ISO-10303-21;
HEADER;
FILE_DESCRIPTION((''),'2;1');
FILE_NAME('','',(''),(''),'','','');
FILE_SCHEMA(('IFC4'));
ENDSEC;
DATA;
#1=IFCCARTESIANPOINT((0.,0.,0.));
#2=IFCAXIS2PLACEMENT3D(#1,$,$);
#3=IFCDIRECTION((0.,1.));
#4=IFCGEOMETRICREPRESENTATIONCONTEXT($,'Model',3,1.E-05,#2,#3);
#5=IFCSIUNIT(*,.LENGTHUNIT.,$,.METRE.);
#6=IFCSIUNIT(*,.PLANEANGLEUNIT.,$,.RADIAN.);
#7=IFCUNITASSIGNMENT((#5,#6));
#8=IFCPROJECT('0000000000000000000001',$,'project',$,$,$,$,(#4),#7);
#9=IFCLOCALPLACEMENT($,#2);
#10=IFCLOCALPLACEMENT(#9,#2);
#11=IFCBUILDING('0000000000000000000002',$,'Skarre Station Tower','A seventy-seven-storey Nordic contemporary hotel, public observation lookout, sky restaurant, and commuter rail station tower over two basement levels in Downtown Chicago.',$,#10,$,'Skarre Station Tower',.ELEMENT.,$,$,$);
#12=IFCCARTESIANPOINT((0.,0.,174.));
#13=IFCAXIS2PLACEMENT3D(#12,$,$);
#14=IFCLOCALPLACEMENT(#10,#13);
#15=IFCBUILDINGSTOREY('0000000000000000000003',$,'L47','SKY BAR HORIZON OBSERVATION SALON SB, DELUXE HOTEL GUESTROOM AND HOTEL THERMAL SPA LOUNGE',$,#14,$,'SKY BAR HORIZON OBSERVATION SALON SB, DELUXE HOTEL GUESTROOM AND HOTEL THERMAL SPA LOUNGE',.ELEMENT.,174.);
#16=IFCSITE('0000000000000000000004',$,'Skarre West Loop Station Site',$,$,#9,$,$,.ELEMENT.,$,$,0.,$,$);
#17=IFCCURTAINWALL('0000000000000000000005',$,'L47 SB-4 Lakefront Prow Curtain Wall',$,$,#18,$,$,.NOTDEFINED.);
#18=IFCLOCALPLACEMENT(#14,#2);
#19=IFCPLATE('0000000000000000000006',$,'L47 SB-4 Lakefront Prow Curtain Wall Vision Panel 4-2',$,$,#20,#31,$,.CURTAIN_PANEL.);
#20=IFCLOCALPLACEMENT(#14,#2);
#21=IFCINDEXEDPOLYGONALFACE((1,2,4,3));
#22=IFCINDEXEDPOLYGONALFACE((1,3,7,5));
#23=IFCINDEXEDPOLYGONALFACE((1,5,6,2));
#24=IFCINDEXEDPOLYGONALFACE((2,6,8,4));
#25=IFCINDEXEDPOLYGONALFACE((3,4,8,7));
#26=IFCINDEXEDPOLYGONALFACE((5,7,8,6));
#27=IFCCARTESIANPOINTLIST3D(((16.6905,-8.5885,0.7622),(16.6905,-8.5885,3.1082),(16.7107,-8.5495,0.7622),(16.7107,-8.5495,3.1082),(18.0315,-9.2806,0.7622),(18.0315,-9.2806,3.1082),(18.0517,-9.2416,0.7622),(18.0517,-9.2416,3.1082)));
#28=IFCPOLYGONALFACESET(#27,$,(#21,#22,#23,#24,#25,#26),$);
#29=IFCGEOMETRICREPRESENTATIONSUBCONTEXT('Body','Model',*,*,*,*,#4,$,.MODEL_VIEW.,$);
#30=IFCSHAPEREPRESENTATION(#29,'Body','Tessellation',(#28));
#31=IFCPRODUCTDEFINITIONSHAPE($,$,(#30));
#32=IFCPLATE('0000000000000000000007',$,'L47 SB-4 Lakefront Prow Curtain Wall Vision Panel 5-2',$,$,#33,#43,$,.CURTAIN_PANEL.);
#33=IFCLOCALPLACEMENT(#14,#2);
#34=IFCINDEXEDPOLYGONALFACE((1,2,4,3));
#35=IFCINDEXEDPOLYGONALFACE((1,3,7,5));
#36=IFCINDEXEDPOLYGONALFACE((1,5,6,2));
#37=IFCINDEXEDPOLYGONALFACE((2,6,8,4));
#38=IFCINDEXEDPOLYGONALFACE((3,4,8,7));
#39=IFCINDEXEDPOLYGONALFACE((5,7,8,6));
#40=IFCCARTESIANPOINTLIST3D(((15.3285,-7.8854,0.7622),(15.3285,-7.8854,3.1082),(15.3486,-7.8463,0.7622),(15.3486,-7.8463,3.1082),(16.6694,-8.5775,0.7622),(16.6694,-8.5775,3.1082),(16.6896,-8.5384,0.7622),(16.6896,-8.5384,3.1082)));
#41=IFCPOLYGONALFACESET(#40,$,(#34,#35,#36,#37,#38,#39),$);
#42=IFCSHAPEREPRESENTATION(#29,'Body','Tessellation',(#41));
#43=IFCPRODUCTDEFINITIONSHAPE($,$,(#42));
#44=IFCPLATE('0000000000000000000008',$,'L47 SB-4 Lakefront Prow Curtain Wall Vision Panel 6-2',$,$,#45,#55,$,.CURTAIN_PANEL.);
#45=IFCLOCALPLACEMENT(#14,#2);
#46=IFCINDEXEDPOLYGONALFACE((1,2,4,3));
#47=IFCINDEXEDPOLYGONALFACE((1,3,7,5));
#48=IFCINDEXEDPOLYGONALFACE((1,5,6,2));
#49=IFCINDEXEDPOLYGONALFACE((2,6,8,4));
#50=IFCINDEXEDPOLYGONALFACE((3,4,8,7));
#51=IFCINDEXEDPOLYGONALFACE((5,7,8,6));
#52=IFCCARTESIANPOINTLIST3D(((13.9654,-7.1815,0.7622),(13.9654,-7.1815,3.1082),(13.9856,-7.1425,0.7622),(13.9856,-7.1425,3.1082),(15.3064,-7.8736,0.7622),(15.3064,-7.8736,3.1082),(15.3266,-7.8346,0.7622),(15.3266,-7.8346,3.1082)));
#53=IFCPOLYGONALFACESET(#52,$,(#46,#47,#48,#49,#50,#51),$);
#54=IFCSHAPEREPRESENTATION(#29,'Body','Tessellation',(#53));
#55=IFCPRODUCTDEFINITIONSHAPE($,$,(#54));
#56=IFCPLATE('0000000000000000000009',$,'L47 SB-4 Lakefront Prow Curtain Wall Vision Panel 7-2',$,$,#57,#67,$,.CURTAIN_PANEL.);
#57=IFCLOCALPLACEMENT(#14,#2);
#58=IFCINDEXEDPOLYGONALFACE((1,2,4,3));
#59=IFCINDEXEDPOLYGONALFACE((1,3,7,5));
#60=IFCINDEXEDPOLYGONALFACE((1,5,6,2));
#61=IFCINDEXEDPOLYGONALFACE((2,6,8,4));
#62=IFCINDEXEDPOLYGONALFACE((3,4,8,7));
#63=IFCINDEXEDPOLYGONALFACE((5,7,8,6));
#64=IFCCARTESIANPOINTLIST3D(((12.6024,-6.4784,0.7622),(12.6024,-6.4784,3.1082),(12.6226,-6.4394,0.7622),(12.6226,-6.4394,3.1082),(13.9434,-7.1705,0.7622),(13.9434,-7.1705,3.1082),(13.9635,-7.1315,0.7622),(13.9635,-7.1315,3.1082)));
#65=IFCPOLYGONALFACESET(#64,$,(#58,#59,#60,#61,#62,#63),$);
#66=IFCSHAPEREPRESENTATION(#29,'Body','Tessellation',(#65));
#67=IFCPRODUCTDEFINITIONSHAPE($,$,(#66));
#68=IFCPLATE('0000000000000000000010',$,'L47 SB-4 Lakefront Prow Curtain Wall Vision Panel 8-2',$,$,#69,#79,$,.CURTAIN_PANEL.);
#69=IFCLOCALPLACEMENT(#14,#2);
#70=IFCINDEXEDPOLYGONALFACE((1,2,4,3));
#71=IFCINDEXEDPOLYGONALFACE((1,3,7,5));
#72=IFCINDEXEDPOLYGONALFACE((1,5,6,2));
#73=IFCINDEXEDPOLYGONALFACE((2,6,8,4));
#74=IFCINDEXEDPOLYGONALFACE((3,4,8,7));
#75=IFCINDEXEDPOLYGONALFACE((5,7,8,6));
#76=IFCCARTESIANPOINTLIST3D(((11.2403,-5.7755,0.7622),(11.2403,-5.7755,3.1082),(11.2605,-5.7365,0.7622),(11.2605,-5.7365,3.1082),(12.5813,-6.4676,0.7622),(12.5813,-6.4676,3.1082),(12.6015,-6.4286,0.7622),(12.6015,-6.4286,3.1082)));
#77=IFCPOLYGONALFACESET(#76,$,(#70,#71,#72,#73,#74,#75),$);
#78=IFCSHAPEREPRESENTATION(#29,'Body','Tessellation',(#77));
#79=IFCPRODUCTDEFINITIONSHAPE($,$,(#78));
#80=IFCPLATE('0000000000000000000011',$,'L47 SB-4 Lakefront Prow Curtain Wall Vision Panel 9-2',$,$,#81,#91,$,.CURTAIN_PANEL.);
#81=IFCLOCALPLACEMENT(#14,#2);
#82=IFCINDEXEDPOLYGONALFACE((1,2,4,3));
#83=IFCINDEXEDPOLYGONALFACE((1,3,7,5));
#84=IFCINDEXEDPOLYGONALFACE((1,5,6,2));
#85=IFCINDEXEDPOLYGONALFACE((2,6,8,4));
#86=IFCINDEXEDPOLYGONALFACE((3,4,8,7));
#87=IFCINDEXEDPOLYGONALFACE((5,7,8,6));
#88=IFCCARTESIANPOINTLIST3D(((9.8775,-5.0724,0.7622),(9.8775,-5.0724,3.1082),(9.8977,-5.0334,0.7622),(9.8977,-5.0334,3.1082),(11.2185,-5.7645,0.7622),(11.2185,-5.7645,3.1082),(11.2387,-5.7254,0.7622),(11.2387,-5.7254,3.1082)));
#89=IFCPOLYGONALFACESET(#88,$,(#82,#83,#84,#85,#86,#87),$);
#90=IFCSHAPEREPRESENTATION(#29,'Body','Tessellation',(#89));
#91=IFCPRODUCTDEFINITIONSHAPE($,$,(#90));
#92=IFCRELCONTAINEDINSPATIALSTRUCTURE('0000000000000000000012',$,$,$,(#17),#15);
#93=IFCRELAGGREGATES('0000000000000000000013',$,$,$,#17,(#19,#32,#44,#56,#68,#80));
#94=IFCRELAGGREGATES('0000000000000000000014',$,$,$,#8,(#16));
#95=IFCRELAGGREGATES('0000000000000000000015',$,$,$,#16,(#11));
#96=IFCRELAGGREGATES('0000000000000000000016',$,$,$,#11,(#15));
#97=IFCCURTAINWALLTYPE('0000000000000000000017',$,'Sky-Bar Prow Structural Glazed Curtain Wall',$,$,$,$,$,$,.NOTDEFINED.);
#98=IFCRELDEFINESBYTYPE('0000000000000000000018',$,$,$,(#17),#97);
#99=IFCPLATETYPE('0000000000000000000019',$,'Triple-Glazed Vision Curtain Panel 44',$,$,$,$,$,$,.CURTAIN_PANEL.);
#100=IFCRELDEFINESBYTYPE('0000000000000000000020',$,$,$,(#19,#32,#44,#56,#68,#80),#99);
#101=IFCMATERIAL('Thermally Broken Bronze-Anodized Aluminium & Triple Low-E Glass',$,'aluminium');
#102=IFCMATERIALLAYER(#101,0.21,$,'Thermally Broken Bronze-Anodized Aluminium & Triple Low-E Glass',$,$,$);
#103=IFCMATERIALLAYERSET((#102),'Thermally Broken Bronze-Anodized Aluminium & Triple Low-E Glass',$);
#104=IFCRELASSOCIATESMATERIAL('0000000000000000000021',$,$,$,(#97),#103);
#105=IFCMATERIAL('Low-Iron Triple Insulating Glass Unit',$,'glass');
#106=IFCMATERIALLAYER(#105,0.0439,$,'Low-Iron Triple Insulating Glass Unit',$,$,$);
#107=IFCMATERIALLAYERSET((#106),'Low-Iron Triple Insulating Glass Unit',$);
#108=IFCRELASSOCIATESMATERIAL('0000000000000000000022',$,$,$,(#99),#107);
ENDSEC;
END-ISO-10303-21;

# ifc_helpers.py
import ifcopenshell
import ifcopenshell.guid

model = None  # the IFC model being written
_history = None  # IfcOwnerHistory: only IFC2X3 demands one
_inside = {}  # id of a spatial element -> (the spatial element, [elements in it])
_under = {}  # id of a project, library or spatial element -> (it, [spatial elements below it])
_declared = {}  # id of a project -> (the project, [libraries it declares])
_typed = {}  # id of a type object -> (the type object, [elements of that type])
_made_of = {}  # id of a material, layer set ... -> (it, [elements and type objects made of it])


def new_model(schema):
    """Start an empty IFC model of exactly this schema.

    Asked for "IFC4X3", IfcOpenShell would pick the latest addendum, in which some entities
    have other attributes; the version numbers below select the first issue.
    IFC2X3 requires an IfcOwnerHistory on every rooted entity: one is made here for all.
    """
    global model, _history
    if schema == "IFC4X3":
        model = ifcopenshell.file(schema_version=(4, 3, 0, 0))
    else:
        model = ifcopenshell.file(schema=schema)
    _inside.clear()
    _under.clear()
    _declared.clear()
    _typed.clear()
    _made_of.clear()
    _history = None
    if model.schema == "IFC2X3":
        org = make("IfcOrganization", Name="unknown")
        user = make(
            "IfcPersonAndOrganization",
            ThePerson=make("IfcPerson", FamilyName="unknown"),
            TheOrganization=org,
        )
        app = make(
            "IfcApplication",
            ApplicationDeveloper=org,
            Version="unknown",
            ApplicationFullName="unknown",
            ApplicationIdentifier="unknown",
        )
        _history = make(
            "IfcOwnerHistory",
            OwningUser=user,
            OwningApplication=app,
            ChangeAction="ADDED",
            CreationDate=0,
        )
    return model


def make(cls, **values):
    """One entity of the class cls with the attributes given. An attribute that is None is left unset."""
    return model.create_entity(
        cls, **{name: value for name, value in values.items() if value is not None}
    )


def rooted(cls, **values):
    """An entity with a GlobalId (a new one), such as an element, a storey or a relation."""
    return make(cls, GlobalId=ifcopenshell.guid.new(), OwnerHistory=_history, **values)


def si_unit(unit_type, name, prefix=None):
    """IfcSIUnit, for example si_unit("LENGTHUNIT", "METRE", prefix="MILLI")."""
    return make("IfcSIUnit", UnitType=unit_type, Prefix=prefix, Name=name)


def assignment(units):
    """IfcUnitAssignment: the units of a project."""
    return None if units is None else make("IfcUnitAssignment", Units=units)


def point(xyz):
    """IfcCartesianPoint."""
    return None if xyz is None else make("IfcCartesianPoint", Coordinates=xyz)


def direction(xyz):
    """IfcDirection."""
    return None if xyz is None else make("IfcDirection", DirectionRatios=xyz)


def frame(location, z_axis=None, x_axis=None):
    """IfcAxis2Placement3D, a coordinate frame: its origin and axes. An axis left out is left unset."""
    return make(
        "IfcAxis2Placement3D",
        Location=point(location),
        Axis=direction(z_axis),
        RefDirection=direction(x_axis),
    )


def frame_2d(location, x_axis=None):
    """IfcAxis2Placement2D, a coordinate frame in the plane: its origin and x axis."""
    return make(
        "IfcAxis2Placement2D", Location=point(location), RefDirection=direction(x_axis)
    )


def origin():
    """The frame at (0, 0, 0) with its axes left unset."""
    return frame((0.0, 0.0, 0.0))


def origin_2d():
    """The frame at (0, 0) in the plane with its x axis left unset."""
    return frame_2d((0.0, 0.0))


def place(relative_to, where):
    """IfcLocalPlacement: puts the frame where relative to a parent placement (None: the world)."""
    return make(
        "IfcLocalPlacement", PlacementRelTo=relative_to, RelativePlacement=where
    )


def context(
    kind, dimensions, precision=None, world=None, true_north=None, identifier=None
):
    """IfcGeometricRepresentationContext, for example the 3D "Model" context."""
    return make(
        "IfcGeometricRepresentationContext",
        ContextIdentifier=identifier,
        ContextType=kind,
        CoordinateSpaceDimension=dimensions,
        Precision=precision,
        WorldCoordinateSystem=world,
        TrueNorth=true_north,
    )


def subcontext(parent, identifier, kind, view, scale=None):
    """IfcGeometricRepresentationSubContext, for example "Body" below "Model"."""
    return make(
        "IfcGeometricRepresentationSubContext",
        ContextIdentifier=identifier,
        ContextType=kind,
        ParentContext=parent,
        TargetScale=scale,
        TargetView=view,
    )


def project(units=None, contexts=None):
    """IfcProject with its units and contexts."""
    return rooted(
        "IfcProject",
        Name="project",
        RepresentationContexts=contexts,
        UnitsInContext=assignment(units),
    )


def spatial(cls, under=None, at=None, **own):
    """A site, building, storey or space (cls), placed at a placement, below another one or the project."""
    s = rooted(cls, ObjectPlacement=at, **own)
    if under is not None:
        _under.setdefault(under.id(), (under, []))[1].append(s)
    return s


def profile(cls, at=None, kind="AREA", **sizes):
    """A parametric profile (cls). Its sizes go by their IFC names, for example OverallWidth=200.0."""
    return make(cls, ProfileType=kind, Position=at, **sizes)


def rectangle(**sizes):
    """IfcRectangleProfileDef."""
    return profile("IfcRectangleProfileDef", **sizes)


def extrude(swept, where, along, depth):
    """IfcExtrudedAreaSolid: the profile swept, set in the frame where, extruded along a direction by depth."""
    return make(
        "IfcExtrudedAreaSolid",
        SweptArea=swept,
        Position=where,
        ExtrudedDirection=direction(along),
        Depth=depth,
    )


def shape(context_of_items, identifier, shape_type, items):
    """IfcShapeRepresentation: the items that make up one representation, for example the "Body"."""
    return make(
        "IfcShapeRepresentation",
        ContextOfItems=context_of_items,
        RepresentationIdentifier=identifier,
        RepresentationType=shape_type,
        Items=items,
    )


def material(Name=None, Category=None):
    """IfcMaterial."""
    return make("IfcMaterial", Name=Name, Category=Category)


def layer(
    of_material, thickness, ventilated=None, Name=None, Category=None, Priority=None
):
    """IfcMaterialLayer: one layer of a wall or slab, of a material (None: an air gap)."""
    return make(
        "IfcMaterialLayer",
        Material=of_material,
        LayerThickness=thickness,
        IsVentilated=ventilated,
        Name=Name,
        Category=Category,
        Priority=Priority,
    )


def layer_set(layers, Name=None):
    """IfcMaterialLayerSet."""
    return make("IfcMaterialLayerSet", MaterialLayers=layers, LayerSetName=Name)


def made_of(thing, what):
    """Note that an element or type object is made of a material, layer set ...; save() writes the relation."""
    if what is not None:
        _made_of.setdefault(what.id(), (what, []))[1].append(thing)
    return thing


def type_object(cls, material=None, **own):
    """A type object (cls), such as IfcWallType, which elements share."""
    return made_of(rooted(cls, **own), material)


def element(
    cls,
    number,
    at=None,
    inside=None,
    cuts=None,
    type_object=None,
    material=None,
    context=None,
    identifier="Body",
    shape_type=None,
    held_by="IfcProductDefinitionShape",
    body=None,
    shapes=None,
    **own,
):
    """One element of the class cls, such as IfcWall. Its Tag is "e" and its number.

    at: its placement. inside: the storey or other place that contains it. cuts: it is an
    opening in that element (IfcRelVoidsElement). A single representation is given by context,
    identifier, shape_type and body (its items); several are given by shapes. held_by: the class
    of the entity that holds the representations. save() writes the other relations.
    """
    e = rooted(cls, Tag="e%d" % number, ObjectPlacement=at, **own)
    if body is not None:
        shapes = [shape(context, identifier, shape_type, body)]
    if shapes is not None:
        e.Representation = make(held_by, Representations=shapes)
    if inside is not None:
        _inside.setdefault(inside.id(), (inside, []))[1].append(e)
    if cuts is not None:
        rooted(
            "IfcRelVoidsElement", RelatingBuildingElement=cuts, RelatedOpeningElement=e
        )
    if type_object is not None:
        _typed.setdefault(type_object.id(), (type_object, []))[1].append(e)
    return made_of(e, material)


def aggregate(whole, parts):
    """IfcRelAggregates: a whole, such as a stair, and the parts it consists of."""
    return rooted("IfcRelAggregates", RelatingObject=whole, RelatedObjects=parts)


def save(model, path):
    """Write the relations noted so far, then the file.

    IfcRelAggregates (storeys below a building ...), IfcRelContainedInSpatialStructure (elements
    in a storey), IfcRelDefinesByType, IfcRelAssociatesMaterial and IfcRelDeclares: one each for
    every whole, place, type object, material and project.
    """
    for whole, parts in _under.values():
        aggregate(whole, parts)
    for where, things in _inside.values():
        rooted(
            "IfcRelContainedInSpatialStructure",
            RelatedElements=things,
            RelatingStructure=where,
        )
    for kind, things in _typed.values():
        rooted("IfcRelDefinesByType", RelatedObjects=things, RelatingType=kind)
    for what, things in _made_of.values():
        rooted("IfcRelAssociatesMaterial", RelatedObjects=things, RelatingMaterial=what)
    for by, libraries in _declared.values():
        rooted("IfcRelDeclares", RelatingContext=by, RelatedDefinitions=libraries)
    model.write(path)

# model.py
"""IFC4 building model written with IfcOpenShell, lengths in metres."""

from ifc_helpers import new_model, si_unit, direction, frame, origin, origin_2d, place, context, subcontext, project, spatial, rectangle, extrude, material, layer, layer_set, type_object, element, aggregate, save


model = new_model("IFC4")

# Units and contexts
model_context = context("Model", 3, precision=1e-05, world=origin(), true_north=direction((0.0, 1.0)))
body_context = subcontext(model_context, "Body", "Model", "MODEL_VIEW")
ifc_project = project(units=[si_unit("LENGTHUNIT", "METRE"), si_unit("PLANEANGLEUNIT", "RADIAN")], contexts=[model_context])

# Site, building, storey
site_placement = place(None, origin())
site = spatial("IfcSite", under=ifc_project, at=site_placement, Name="Skarre West Loop Station Site", CompositionType="ELEMENT", RefElevation=0.0)
building_placement = place(site_placement, origin())
building = spatial("IfcBuilding", under=site, at=building_placement, Name="Skarre Station Tower", Description="A seventy-seven-storey Nordic contemporary hotel, public observation lookout, sky restaurant, and commuter rail station tower over two basement levels in Downtown Chicago.", LongName="Skarre Station Tower", CompositionType="ELEMENT")
storey_placement = place(building_placement, frame((0.0, 0.0, 174.0)))
storey = spatial("IfcBuildingStorey", under=building, at=storey_placement, Name="L47", Description="SKY BAR HORIZON OBSERVATION SALON SB, DELUXE HOTEL GUESTROOM AND HOTEL THERMAL SPA LOUNGE", LongName="SKY BAR HORIZON OBSERVATION SALON SB, DELUXE HOTEL GUESTROOM AND HOTEL THERMAL SPA LOUNGE", CompositionType="ELEMENT", Elevation=174.0)

# Curtain wall, plates
ifc_material_1 = material(Name="Thermally Broken Bronze-Anodized Aluminium & Triple Low-E Glass", Category="aluminium")
ifc_layer_1 = layer(ifc_material_1, 0.21, Name="Thermally Broken Bronze-Anodized Aluminium & Triple Low-E Glass")
ifc_layer_set_1 = layer_set([ifc_layer_1], Name="Thermally Broken Bronze-Anodized Aluminium & Triple Low-E Glass")
curtain_wall_type = type_object("IfcCurtainWallType", Name="Sky-Bar Prow Structural Glazed Curtain Wall", PredefinedType="NOTDEFINED", material=ifc_layer_set_1)
curtain_wall_placement = place(storey_placement, origin())
curtain_wall = element("IfcCurtainWall", 1, at=curtain_wall_placement, inside=storey, type_object=curtain_wall_type, Name="L47 SB-4 Lakefront Prow Curtain Wall", PredefinedType="NOTDEFINED")
ifc_material_2 = material(Name="Low-Iron Triple Insulating Glass Unit", Category="glass")
ifc_layer_2 = layer(ifc_material_2, 0.0439, Name="Low-Iron Triple Insulating Glass Unit")
ifc_layer_set_2 = layer_set([ifc_layer_2], Name="Low-Iron Triple Insulating Glass Unit")
plate_type_1 = type_object("IfcPlateType", Name="Triple-Glazed Vision Curtain Panel 44", PredefinedType="CURTAIN_PANEL", material=ifc_layer_set_2)
plate_1_placement = place(storey_placement, frame((17.3711, -8.915, 0.7622), z_axis=(0.0, 0.0, 1.0), x_axis=(-0.888625, 0.458634, 0.0)))
plate_1 = element("IfcPlate", 2, at=plate_1_placement, type_object=plate_type_1, Name="L47 SB-4 Lakefront Prow Curtain Wall Vision Panel 4-2", PredefinedType="CURTAIN_PANEL", context=body_context, shape_type="SweptSolid", body=[
    extrude(rectangle(XDim=1.509, YDim=0.0439, at=origin_2d()), origin(), (0.0, 0.0, 1.0), 2.3459),
])
plate_2_placement = place(storey_placement, frame((16.009, -8.2119, 0.7622), z_axis=(0.0, 0.0, 1.0), x_axis=(-0.888625, 0.458634, 0.0)))
plate_2 = element("IfcPlate", 3, at=plate_2_placement, type_object=plate_type_1, Name="L47 SB-4 Lakefront Prow Curtain Wall Vision Panel 5-2", PredefinedType="CURTAIN_PANEL", context=body_context, shape_type="SweptSolid", body=[
    extrude(rectangle(XDim=1.509, YDim=0.0439, at=origin_2d()), origin(), (0.0, 0.0, 1.0), 2.3459),
])
plate_3_placement = place(storey_placement, frame((14.646, -7.5081, 0.7622), z_axis=(0.0, 0.0, 1.0), x_axis=(-0.888625, 0.458634, 0.0)))
plate_3 = element("IfcPlate", 4, at=plate_3_placement, type_object=plate_type_1, Name="L47 SB-4 Lakefront Prow Curtain Wall Vision Panel 6-2", PredefinedType="CURTAIN_PANEL", context=body_context, shape_type="SweptSolid", body=[
    extrude(rectangle(XDim=1.509, YDim=0.0439, at=origin_2d()), origin(), (0.0, 0.0, 1.0), 2.3459),
])
plate_4_placement = place(storey_placement, frame((13.283, -6.8049, 0.7622), z_axis=(0.0, 0.0, 1.0), x_axis=(-0.888625, 0.458634, 0.0)))
plate_4 = element("IfcPlate", 5, at=plate_4_placement, type_object=plate_type_1, Name="L47 SB-4 Lakefront Prow Curtain Wall Vision Panel 7-2", PredefinedType="CURTAIN_PANEL", context=body_context, shape_type="SweptSolid", body=[
    extrude(rectangle(XDim=1.509, YDim=0.0439, at=origin_2d()), origin(), (0.0, 0.0, 1.0), 2.3459),
])
plate_5_placement = place(storey_placement, frame((11.9209, -6.1021, 0.7622), z_axis=(0.0, 0.0, 1.0), x_axis=(-0.888625, 0.458634, 0.0)))
plate_5 = element("IfcPlate", 6, at=plate_5_placement, type_object=plate_type_1, Name="L47 SB-4 Lakefront Prow Curtain Wall Vision Panel 8-2", PredefinedType="CURTAIN_PANEL", context=body_context, shape_type="SweptSolid", body=[
    extrude(rectangle(XDim=1.509, YDim=0.0439, at=origin_2d()), origin(), (0.0, 0.0, 1.0), 2.3459),
])
plate_6_placement = place(storey_placement, frame((10.5581, -5.3989, 0.7622), z_axis=(0.0, 0.0, 1.0), x_axis=(-0.888625, 0.458634, 0.0)))
plate_6 = element("IfcPlate", 7, at=plate_6_placement, type_object=plate_type_1, Name="L47 SB-4 Lakefront Prow Curtain Wall Vision Panel 9-2", PredefinedType="CURTAIN_PANEL", context=body_context, shape_type="SweptSolid", body=[
    extrude(rectangle(XDim=1.509, YDim=0.0439, at=origin_2d()), origin(), (0.0, 0.0, 1.0), 2.3459),
])
aggregate(curtain_wall, [plate_1, plate_2, plate_3, plate_4, plate_5, plate_6])

save(model, "model.ifc")
